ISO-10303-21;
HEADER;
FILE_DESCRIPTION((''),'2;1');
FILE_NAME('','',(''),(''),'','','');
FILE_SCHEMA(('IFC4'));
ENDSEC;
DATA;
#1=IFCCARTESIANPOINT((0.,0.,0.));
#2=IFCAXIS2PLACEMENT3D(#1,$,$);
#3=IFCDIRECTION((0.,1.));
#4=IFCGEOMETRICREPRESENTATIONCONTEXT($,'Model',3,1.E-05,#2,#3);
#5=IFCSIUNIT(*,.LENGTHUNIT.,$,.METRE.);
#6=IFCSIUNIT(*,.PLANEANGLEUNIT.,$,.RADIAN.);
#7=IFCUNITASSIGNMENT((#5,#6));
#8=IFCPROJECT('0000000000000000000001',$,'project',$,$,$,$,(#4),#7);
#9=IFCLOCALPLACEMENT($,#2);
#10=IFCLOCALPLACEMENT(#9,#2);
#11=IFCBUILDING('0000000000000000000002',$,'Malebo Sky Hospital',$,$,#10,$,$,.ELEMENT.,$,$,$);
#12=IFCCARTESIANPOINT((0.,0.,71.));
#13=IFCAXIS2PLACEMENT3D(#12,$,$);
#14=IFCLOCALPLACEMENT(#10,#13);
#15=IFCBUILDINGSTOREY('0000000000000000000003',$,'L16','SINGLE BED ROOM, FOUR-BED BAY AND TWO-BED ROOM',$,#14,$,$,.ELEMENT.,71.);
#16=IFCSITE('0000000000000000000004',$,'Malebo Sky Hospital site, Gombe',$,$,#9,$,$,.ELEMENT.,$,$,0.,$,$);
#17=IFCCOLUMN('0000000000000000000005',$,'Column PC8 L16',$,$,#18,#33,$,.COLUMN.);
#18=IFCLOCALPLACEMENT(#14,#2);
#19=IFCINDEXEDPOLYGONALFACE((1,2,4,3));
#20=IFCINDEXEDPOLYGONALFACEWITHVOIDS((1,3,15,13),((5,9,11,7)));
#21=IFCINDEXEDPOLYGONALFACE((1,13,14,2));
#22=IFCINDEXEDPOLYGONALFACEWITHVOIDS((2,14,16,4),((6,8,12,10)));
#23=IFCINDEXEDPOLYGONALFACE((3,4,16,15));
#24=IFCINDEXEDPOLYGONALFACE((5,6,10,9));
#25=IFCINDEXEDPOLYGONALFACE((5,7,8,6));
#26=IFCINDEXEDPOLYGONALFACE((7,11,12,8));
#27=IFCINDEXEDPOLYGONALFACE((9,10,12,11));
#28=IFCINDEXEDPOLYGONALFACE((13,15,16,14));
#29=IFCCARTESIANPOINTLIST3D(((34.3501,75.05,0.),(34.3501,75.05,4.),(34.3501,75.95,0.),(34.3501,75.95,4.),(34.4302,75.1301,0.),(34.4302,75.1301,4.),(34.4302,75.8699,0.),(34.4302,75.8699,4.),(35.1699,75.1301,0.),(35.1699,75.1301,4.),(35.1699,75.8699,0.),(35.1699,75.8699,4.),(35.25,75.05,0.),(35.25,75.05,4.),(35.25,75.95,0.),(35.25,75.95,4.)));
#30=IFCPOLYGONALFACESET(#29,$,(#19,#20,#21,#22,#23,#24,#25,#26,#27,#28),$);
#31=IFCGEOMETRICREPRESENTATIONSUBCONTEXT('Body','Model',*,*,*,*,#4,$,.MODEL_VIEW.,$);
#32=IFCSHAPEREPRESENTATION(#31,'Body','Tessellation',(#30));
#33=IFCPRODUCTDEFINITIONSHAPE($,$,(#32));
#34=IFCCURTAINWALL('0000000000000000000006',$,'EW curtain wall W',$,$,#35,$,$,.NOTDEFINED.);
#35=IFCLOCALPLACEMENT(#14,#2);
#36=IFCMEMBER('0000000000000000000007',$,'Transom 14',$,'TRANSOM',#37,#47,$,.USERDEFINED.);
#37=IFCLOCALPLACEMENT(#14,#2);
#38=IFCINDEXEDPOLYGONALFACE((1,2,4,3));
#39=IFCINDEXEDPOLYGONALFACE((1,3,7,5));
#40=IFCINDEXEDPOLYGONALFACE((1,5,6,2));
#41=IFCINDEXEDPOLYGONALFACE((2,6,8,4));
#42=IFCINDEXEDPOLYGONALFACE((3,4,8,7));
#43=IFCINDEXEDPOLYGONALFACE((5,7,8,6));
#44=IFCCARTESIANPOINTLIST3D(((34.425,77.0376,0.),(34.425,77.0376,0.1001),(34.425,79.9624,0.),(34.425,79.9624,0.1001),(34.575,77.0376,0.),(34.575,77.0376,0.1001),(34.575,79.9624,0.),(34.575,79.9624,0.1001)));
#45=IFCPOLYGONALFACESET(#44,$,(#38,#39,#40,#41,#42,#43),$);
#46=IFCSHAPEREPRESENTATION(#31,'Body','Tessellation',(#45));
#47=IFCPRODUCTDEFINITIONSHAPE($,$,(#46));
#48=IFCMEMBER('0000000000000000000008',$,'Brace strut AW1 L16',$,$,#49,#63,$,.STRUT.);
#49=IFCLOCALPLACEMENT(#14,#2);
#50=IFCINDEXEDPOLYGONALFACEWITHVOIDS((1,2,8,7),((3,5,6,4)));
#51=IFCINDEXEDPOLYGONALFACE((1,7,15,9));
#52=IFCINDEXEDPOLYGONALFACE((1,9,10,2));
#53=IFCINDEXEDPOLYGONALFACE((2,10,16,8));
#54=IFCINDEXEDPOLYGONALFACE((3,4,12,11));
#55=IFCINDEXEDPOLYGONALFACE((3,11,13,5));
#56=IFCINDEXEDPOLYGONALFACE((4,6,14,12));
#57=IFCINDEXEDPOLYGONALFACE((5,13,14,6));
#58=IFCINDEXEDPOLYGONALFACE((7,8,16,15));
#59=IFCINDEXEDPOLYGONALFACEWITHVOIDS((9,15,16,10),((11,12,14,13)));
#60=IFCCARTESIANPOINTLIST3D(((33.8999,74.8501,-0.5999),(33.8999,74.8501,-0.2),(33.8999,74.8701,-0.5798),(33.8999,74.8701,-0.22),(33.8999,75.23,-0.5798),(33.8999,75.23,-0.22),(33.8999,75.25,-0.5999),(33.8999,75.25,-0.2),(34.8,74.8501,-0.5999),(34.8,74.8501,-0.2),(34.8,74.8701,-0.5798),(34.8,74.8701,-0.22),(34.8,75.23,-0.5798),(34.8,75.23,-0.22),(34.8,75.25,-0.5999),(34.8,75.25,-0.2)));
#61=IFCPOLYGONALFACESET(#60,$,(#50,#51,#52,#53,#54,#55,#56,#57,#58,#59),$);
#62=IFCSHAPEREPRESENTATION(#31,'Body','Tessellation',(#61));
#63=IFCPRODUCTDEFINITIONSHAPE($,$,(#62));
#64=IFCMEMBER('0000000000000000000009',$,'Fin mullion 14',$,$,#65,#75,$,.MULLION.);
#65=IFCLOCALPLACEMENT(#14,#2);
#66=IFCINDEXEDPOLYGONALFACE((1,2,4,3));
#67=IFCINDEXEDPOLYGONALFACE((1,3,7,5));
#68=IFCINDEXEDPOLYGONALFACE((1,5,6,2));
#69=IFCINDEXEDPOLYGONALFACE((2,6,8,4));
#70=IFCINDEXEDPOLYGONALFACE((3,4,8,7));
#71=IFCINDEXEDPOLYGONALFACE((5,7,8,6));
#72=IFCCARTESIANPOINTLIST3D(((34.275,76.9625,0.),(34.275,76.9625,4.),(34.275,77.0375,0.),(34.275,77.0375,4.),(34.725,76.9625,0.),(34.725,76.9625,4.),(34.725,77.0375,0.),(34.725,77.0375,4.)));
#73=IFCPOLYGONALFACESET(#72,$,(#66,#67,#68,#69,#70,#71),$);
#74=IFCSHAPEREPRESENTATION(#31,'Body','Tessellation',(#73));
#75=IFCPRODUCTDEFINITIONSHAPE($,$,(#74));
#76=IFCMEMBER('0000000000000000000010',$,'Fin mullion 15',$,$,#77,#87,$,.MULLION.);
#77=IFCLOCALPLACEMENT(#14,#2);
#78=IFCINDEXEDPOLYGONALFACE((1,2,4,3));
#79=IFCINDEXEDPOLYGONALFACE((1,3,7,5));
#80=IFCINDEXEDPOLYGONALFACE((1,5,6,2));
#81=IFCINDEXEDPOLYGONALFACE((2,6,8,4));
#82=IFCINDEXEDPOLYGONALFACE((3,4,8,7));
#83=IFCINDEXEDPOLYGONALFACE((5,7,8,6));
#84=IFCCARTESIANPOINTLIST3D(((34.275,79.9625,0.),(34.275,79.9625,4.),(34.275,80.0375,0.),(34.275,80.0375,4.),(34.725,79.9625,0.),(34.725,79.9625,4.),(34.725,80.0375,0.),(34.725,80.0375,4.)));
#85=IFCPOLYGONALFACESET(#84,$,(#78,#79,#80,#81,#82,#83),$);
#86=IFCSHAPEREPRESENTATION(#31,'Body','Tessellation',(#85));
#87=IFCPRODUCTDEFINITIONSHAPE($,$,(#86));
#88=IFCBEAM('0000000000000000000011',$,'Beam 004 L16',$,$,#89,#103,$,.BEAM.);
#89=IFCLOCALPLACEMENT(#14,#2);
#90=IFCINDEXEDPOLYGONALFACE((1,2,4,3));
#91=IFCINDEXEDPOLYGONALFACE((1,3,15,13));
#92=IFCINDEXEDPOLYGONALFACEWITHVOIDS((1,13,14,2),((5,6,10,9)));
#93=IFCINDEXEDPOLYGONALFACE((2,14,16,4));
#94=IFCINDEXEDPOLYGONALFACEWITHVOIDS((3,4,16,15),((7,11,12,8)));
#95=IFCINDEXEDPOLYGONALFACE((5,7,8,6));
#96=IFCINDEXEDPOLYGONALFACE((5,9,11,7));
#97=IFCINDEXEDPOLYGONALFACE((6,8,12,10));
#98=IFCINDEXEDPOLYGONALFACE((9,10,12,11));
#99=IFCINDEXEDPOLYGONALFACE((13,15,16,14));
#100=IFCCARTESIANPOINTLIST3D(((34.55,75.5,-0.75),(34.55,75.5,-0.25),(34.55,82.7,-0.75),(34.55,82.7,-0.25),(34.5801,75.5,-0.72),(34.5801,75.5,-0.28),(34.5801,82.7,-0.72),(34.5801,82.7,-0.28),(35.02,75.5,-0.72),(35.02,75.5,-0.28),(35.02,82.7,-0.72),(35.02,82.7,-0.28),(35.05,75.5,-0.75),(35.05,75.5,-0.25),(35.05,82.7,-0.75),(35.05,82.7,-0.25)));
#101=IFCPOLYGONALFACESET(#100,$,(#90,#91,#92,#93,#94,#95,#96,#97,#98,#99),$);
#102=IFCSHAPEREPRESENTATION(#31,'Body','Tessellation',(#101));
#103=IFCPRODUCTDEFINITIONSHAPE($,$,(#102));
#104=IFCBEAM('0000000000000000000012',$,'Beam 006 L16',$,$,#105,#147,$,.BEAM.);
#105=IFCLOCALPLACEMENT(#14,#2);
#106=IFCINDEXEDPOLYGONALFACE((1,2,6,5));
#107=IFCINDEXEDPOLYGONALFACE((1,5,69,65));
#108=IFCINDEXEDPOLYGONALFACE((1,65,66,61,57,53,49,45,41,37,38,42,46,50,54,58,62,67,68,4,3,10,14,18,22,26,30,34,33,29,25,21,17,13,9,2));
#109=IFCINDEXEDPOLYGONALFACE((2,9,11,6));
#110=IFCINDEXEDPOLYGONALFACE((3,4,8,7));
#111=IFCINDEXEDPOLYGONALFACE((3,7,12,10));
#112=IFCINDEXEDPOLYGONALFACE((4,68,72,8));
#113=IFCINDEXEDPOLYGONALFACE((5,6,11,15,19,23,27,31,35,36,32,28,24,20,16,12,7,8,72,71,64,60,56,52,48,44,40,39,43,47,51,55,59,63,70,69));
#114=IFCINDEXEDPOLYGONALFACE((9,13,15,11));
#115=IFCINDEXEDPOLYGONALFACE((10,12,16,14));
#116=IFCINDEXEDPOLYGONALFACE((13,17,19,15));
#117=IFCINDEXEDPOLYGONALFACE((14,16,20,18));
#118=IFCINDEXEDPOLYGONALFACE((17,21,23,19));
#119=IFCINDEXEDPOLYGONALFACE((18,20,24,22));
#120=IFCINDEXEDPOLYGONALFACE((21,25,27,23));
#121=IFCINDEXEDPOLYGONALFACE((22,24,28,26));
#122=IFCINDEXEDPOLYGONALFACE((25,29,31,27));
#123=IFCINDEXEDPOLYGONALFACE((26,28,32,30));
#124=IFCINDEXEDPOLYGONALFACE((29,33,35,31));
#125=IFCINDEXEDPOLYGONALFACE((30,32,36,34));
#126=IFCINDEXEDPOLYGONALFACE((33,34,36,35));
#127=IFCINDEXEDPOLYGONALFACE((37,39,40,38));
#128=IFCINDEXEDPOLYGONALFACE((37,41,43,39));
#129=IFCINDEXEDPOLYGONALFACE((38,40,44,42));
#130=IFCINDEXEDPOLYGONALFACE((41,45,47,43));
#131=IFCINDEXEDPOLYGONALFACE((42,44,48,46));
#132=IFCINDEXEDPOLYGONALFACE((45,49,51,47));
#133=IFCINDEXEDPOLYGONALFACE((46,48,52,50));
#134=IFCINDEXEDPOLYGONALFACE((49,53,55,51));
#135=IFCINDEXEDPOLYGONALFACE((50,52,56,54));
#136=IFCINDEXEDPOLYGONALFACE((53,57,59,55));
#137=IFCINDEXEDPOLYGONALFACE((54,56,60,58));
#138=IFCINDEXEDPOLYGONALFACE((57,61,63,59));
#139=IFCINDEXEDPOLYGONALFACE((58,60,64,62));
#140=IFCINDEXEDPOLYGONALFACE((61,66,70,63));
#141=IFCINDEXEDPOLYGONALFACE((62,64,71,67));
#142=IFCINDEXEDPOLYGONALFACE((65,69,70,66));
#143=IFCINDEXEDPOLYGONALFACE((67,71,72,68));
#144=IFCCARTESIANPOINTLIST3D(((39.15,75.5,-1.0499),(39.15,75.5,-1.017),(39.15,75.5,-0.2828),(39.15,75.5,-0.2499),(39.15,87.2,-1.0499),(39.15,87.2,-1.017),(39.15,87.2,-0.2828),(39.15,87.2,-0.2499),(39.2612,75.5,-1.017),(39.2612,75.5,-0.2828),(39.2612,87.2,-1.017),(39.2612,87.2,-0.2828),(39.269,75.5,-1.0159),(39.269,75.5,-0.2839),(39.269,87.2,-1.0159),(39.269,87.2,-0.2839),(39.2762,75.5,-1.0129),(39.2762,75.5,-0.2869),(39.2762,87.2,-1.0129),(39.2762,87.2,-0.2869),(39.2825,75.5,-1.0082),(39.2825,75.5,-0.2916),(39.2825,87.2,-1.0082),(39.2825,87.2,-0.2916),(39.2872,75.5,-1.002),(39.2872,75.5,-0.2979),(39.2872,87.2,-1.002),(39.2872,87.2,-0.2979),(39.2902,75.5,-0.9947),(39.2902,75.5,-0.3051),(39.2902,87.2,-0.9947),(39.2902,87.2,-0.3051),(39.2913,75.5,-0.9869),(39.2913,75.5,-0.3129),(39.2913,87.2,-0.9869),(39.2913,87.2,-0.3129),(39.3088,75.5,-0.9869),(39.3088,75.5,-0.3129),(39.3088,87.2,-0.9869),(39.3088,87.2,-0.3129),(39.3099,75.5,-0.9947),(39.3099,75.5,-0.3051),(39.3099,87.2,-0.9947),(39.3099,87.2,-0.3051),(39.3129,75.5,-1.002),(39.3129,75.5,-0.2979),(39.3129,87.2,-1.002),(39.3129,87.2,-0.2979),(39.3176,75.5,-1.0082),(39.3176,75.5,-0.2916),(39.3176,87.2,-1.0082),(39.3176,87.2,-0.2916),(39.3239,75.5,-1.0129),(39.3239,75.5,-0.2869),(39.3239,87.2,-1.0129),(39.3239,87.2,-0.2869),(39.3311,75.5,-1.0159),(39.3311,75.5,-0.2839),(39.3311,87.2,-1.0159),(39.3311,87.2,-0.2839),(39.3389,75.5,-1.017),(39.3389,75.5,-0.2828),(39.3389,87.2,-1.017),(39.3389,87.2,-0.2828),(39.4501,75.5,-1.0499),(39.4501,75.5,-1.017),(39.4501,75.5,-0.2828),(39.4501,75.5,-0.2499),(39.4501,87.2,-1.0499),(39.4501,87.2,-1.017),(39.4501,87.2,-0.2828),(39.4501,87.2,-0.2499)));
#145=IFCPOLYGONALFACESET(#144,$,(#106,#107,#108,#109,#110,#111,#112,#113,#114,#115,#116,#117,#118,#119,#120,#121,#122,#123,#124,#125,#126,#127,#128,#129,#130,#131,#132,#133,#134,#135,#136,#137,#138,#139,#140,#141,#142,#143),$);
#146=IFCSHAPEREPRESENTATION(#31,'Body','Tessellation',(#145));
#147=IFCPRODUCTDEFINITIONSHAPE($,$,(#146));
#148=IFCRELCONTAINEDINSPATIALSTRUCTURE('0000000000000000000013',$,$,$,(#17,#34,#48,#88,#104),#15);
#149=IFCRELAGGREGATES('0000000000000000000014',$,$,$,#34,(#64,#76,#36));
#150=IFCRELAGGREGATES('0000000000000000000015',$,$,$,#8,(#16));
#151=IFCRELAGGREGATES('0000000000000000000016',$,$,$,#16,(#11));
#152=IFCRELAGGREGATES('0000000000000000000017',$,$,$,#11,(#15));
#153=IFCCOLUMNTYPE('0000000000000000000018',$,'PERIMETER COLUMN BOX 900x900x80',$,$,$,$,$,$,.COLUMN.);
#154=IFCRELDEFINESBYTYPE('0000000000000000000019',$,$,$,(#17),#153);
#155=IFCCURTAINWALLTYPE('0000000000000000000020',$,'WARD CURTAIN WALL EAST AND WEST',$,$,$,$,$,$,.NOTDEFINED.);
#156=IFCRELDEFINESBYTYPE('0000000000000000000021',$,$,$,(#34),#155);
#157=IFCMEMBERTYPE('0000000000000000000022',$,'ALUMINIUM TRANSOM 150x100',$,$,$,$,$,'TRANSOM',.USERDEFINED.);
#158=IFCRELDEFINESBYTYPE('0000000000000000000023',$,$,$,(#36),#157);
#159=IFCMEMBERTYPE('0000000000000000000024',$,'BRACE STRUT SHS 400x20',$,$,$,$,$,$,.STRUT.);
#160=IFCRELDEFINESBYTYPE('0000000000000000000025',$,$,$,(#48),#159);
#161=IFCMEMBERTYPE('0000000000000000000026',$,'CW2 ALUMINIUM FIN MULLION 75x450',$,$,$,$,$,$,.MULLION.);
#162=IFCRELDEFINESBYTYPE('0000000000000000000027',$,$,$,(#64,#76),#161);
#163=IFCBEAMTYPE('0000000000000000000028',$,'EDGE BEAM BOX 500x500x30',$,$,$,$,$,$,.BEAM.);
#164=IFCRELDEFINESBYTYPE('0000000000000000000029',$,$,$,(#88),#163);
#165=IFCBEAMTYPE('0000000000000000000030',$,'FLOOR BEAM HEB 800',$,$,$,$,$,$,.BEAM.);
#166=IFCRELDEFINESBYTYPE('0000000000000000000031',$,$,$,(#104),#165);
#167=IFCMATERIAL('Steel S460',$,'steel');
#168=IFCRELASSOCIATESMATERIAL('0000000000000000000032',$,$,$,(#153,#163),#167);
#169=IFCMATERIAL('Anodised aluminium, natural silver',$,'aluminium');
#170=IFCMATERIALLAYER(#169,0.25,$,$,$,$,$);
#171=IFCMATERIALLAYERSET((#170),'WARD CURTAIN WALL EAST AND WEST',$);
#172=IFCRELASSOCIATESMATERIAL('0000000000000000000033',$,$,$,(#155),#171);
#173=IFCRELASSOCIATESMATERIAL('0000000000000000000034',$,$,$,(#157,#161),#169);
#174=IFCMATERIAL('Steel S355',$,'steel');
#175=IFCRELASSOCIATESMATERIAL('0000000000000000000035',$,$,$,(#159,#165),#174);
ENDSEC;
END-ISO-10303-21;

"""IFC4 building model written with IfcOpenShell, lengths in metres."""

from ifc_helpers import new_model, si_unit, direction, frame, origin, origin_2d, place, context, subcontext, project, spatial, rectangle, hollow_rectangle, i_section, extrude, material, layer, layer_set, material_profile, profile_set, type_object, element, aggregate, save


model = new_model("IFC4")

# Units and contexts
model_context = context("Model", 3, precision=1e-05, world=origin(), true_north=direction((0.0, 1.0)))
body_context = subcontext(model_context, "Body", "Model", "MODEL_VIEW")
ifc_project = project(units=[si_unit("LENGTHUNIT", "METRE"), si_unit("PLANEANGLEUNIT", "RADIAN")], contexts=[model_context])

# Site, building, storey
site_placement = place(None, origin())
site = spatial("IfcSite", under=ifc_project, at=site_placement, Name="Malebo Sky Hospital site, Gombe", CompositionType="ELEMENT", RefElevation=0.0)
building_placement = place(site_placement, origin())
building = spatial("IfcBuilding", under=site, at=building_placement, Name="Malebo Sky Hospital", CompositionType="ELEMENT")
storey_placement = place(building_placement, frame((0.0, 0.0, 71.0)))
storey = spatial("IfcBuildingStorey", under=building, at=storey_placement, Name="L16", Description="SINGLE BED ROOM, FOUR-BED BAY AND TWO-BED ROOM", CompositionType="ELEMENT", Elevation=71.0)

# Column
ifc_material_1 = material(Name="Steel S460", Category="steel")
ifc_material_profile_1 = material_profile(ifc_material_1, hollow_rectangle(XDim=0.8999, YDim=0.8999, WallThickness=0.0801, at=origin_2d()), Name="BOX 900x900x80")
ifc_profile_set_1 = profile_set([ifc_material_profile_1], Name="Steel S460")
column_type = type_object("IfcColumnType", Name="PERIMETER COLUMN BOX 900x900x80", PredefinedType="COLUMN", material=ifc_profile_set_1)
column_placement = place(storey_placement, frame((34.8, 75.5, 0.0), z_axis=(0.0, 0.0, 1.0), x_axis=(1.0, 0.0, 0.0)))
element("IfcColumn", 1, at=column_placement, inside=storey, type_object=column_type, Name="Column PC8 L16", PredefinedType="COLUMN", context=body_context, shape_type="SweptSolid", body=[
    extrude(hollow_rectangle(XDim=0.8999, YDim=0.8999, WallThickness=0.0801, at=origin_2d()), origin(), (0.0, 0.0, 1.0), 4.0),
])

# Curtain wall, member
ifc_material_2 = material(Name="Anodised aluminium, natural silver", Category="aluminium")
ifc_layer_1 = layer(ifc_material_2, 0.25)
ifc_layer_set_1 = layer_set([ifc_layer_1], Name="WARD CURTAIN WALL EAST AND WEST")
curtain_wall_type = type_object("IfcCurtainWallType", Name="WARD CURTAIN WALL EAST AND WEST", PredefinedType="NOTDEFINED", material=ifc_layer_set_1)
curtain_wall_placement = place(storey_placement, origin())
curtain_wall = element("IfcCurtainWall", 2, at=curtain_wall_placement, inside=storey, type_object=curtain_wall_type, Name="EW curtain wall W", PredefinedType="NOTDEFINED")
ifc_material_profile_2 = material_profile(ifc_material_2, rectangle(XDim=0.1499, YDim=0.1001, at=origin_2d()), Name="ALUMINIUM TRANSOM 150x100")
ifc_profile_set_2 = profile_set([ifc_material_profile_2], Name="Anodised aluminium, natural silver")
member_type_1 = type_object("IfcMemberType", Name="ALUMINIUM TRANSOM 150x100", ElementType="TRANSOM", PredefinedType="USERDEFINED", material=ifc_profile_set_2)
member_1_placement = place(storey_placement, frame((34.5, 77.0376, 0.05), z_axis=(0.0, 1.0, 0.0), x_axis=(-1.0, 0.0, 0.0)))
member_1 = element("IfcMember", 3, at=member_1_placement, type_object=member_type_1, Name="Transom 14", ObjectType="TRANSOM", PredefinedType="USERDEFINED", context=body_context, shape_type="SweptSolid", body=[
    extrude(rectangle(XDim=0.1499, YDim=0.1001, at=origin_2d()), origin(), (0.0, 0.0, 1.0), 2.9248),
])

# Members
ifc_material_3 = material(Name="Steel S355", Category="steel")
ifc_material_profile_3 = material_profile(ifc_material_3, hollow_rectangle(XDim=0.3999, YDim=0.3999, WallThickness=0.02, at=origin_2d()), Name="SHS 400x20")
ifc_profile_set_3 = profile_set([ifc_material_profile_3], Name="Steel S355")
member_type_2 = type_object("IfcMemberType", Name="BRACE STRUT SHS 400x20", PredefinedType="STRUT", material=ifc_profile_set_3)
member_2_placement = place(storey_placement, frame((33.8999, 75.05, -0.3999), z_axis=(1.0, 0.0, 0.0), x_axis=(0.0, 1.0, 0.0)))
element("IfcMember", 4, at=member_2_placement, inside=storey, type_object=member_type_2, Name="Brace strut AW1 L16", PredefinedType="STRUT", context=body_context, shape_type="SweptSolid", body=[
    extrude(hollow_rectangle(XDim=0.3999, YDim=0.3999, WallThickness=0.02, at=origin_2d()), origin(), (0.0, 0.0, 1.0), 0.9001),
])
ifc_material_profile_4 = material_profile(ifc_material_2, rectangle(XDim=0.075, YDim=0.45, at=origin_2d()), Name="CW2 ALUMINIUM FIN MULLION 75x450")
ifc_profile_set_4 = profile_set([ifc_material_profile_4], Name="Anodised aluminium, natural silver")
member_type_3 = type_object("IfcMemberType", Name="CW2 ALUMINIUM FIN MULLION 75x450", PredefinedType="MULLION", material=ifc_profile_set_4)
member_3_placement = place(storey_placement, frame((34.5, 77.0, 0.0), z_axis=(0.0, 0.0, 1.0), x_axis=(0.0, 1.0, 0.0)))
member_3 = element("IfcMember", 5, at=member_3_placement, type_object=member_type_3, Name="Fin mullion 14", PredefinedType="MULLION", context=body_context, shape_type="SweptSolid", body=[
    extrude(rectangle(XDim=0.075, YDim=0.45, at=origin_2d()), origin(), (0.0, 0.0, 1.0), 4.0),
])
member_4_placement = place(storey_placement, frame((34.5, 80.0, 0.0), z_axis=(0.0, 0.0, 1.0), x_axis=(0.0, 1.0, 0.0)))
member_4 = element("IfcMember", 6, at=member_4_placement, type_object=member_type_3, Name="Fin mullion 15", PredefinedType="MULLION", context=body_context, shape_type="SweptSolid", body=[
    extrude(rectangle(XDim=0.075, YDim=0.45, at=origin_2d()), origin(), (0.0, 0.0, 1.0), 4.0),
])

# Beams
ifc_material_profile_5 = material_profile(ifc_material_1, hollow_rectangle(XDim=0.5, YDim=0.5, WallThickness=0.03, at=origin_2d()), Name="BOX 500x500x30")
ifc_profile_set_5 = profile_set([ifc_material_profile_5], Name="Steel S460")
beam_type_1 = type_object("IfcBeamType", Name="EDGE BEAM BOX 500x500x30", PredefinedType="BEAM", material=ifc_profile_set_5)
beam_1_placement = place(storey_placement, frame((34.8, 75.5, -0.5), z_axis=(0.0, 1.0, 0.0), x_axis=(-1.0, 0.0, 0.0)))
element("IfcBeam", 7, at=beam_1_placement, inside=storey, type_object=beam_type_1, Name="Beam 004 L16", PredefinedType="BEAM", context=body_context, shape_type="SweptSolid", body=[
    extrude(hollow_rectangle(XDim=0.5, YDim=0.5, WallThickness=0.03, at=origin_2d()), origin(), (0.0, 0.0, 1.0), 7.2),
])
ifc_material_profile_6 = material_profile(ifc_material_3, i_section(OverallWidth=0.3, OverallDepth=0.8, WebThickness=0.0176, FlangeThickness=0.033, FilletRadius=0.03, at=origin_2d()), Name="HEB 800")
ifc_profile_set_6 = profile_set([ifc_material_profile_6], Name="Steel S355")
beam_type_2 = type_object("IfcBeamType", Name="FLOOR BEAM HEB 800", PredefinedType="BEAM", material=ifc_profile_set_6)
beam_2_placement = place(storey_placement, frame((39.3, 75.5, -0.6499), z_axis=(0.0, 1.0, 0.0), x_axis=(-1.0, 0.0, 0.0)))
element("IfcBeam", 8, at=beam_2_placement, inside=storey, type_object=beam_type_2, Name="Beam 006 L16", PredefinedType="BEAM", context=body_context, shape_type="SweptSolid", body=[
    extrude(i_section(OverallWidth=0.3, OverallDepth=0.8, WebThickness=0.0176, FlangeThickness=0.033, FilletRadius=0.03, at=origin_2d()), origin(), (0.0, 0.0, 1.0), 11.7),
])

aggregate(curtain_wall, [member_3, member_4, member_1])

save(model, "model.ifc")
